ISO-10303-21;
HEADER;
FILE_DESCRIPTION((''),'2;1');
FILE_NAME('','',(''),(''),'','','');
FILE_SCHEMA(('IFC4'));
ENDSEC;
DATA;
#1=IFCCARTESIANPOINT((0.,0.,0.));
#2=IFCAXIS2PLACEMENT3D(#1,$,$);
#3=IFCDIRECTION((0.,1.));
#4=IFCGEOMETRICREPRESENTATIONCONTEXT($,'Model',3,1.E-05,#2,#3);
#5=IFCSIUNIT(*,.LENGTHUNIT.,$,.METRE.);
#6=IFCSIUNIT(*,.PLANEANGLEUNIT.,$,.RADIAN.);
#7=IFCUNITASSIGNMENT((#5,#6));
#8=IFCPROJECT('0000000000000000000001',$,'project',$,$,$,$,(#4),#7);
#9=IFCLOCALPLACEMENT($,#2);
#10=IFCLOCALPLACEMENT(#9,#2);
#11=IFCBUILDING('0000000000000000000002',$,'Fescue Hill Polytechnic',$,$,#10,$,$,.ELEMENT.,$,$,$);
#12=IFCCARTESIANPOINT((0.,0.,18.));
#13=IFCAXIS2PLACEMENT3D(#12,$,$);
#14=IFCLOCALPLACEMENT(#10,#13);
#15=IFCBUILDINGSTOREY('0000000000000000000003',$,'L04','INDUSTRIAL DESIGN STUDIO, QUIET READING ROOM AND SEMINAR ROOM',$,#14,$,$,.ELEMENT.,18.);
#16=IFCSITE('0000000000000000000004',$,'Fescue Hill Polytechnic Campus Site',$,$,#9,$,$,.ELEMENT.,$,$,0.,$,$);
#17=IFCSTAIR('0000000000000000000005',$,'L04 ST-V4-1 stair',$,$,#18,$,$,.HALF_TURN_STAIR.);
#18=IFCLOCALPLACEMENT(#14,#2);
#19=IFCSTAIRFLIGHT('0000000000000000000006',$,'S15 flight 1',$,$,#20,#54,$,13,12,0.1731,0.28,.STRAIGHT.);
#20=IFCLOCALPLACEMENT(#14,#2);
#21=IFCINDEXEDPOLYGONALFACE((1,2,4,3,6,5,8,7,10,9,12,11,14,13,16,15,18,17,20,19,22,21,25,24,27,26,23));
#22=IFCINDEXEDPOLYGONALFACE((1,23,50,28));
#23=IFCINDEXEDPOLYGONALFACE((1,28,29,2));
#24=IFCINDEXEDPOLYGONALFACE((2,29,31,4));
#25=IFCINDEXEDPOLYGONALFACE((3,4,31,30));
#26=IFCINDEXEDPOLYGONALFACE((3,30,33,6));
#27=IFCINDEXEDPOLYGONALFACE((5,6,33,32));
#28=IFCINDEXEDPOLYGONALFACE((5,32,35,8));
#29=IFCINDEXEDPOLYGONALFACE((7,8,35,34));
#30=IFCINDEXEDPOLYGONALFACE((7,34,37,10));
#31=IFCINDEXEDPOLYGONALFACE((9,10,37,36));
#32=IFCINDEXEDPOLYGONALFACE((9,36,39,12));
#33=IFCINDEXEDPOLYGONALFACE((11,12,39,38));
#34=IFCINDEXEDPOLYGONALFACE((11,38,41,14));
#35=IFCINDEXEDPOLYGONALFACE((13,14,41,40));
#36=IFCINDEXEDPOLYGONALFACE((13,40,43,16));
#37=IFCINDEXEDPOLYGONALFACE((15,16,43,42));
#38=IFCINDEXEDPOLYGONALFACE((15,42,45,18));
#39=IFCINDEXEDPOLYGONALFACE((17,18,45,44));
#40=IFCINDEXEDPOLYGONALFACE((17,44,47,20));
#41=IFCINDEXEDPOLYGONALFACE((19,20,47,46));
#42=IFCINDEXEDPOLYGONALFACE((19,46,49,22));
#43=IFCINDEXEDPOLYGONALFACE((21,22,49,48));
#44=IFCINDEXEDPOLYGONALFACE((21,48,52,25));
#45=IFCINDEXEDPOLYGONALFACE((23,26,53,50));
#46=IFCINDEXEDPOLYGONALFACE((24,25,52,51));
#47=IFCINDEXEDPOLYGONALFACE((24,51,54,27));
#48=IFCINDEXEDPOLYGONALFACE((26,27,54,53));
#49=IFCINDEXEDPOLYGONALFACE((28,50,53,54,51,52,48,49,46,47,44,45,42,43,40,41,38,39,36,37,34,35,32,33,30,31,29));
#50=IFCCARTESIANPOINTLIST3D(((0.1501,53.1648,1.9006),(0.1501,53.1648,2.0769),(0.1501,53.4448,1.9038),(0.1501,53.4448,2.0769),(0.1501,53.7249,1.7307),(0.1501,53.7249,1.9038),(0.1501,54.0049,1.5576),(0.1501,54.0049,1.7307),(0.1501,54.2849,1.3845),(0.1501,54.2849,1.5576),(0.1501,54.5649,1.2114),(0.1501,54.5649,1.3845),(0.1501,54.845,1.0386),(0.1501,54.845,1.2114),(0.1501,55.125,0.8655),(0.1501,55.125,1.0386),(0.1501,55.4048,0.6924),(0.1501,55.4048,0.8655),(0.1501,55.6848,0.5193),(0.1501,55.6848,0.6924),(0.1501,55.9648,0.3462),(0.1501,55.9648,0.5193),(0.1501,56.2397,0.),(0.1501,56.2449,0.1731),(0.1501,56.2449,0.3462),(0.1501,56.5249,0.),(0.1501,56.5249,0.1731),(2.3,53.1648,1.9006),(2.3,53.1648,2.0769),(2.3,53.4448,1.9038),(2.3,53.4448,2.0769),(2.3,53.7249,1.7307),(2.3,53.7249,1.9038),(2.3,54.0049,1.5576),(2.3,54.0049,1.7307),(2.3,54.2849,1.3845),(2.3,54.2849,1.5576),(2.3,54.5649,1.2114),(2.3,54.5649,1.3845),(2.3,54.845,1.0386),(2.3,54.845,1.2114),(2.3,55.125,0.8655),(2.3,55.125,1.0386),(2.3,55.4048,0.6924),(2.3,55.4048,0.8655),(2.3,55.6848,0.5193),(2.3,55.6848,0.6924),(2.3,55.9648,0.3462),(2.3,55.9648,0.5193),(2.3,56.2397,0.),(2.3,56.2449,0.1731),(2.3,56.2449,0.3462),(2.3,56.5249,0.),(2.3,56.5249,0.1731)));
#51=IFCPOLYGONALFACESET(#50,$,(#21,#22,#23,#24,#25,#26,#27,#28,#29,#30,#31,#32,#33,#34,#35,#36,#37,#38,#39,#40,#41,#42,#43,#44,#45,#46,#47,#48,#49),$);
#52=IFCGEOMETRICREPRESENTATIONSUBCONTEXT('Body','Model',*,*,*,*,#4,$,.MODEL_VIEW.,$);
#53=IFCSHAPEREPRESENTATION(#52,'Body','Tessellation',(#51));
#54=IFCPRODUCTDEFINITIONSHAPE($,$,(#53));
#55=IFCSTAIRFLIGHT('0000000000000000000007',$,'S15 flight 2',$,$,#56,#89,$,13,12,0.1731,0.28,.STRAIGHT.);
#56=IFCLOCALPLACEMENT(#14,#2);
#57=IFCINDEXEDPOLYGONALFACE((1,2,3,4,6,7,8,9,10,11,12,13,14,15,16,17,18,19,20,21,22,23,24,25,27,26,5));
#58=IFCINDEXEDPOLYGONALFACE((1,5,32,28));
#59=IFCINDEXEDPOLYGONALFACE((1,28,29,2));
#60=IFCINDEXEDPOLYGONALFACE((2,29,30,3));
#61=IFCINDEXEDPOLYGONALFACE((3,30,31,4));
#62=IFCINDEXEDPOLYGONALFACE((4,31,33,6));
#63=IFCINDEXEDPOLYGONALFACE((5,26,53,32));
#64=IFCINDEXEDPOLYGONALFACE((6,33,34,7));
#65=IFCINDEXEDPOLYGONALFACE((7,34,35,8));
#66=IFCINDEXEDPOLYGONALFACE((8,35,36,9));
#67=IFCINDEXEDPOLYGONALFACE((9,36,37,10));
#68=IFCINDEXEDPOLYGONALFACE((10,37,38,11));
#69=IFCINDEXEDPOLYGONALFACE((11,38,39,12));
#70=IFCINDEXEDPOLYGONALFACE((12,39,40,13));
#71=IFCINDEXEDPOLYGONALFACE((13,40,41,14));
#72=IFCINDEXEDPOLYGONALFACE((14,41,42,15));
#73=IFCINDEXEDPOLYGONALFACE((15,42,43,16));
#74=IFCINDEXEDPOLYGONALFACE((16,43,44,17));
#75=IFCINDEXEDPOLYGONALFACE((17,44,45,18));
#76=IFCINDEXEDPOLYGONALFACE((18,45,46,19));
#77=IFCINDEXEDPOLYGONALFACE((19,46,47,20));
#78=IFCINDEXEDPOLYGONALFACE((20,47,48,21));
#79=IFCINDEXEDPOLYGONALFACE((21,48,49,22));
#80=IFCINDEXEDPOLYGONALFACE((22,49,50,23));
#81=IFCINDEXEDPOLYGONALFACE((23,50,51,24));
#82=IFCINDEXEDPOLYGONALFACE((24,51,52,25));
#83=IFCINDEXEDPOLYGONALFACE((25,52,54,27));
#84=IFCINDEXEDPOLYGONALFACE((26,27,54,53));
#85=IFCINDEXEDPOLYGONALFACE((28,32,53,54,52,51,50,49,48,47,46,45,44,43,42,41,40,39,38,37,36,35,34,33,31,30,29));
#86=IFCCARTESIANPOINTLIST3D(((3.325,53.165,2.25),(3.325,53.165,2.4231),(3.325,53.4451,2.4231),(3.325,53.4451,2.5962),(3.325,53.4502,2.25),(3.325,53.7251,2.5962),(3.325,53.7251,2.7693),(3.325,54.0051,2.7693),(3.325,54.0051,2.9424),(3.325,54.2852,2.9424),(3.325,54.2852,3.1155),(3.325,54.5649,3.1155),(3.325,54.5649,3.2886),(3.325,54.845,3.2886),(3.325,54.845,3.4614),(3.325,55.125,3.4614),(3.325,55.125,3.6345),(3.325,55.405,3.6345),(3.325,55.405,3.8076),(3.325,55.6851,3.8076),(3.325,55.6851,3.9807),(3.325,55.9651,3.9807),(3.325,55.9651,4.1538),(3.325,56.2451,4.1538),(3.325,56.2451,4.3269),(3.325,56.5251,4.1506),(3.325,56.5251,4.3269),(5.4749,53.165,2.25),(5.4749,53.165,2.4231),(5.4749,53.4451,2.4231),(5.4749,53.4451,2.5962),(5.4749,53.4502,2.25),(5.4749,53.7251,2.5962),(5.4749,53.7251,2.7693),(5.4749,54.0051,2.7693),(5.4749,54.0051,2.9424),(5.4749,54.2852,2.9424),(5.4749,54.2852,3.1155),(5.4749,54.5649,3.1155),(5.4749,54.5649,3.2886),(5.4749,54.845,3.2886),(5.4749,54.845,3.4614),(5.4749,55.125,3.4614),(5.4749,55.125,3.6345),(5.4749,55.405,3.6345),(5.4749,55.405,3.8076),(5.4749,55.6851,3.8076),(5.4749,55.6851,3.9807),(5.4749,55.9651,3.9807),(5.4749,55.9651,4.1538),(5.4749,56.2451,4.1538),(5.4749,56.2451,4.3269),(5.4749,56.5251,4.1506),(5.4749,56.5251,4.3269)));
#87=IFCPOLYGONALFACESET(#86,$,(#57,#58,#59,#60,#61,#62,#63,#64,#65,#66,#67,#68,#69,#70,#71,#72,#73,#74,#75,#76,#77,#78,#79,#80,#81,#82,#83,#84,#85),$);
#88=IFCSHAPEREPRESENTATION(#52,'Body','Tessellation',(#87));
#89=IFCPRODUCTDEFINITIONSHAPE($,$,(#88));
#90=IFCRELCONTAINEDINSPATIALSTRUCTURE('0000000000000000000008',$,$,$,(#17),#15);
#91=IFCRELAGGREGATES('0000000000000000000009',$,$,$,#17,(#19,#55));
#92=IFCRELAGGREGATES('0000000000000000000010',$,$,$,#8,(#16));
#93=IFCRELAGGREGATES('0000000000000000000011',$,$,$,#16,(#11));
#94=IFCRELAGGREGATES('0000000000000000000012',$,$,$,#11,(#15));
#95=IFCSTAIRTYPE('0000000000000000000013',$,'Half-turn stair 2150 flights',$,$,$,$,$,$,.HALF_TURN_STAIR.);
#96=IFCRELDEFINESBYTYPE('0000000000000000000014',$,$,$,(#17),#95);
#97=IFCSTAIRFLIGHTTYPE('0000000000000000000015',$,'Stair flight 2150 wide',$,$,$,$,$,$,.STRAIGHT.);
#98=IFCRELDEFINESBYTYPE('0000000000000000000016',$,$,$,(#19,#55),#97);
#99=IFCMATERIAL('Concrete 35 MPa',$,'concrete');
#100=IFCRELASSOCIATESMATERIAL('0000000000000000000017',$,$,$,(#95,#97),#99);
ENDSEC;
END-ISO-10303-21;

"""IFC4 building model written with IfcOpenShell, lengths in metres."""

from ifc_helpers import new_model, si_unit, direction, frame, origin, place, context, subcontext, project, spatial, polyline, outline, extrude, material, type_object, element, aggregate, save


model = new_model("IFC4")

# Units and contexts
model_context = context("Model", 3, precision=1e-05, world=origin(), true_north=direction((0.0, 1.0)))
body_context = subcontext(model_context, "Body", "Model", "MODEL_VIEW")
ifc_project = project(units=[si_unit("LENGTHUNIT", "METRE"), si_unit("PLANEANGLEUNIT", "RADIAN")], contexts=[model_context])

# Site, building, storey
site_placement = place(None, origin())
site = spatial("IfcSite", under=ifc_project, at=site_placement, Name="Fescue Hill Polytechnic Campus Site", CompositionType="ELEMENT", RefElevation=0.0)
building_placement = place(site_placement, origin())
building = spatial("IfcBuilding", under=site, at=building_placement, Name="Fescue Hill Polytechnic", CompositionType="ELEMENT")
storey_placement = place(building_placement, frame((0.0, 0.0, 18.0)))
storey = spatial("IfcBuildingStorey", under=building, at=storey_placement, Name="L04", Description="INDUSTRIAL DESIGN STUDIO, QUIET READING ROOM AND SEMINAR ROOM", CompositionType="ELEMENT", Elevation=18.0)

# Shared definitions
ifc_material_1 = material(Name="Concrete 35 MPa", Category="concrete")

# Stair, stair flights
stair_type = type_object("IfcStairType", Name="Half-turn stair 2150 flights", PredefinedType="HALF_TURN_STAIR", material=ifc_material_1)
stair_placement = place(storey_placement, origin())
stair = element("IfcStair", 1, at=stair_placement, inside=storey, type_object=stair_type, Name="L04 ST-V4-1 stair", PredefinedType="HALF_TURN_STAIR")
stair_flight_type = type_object("IfcStairFlightType", Name="Stair flight 2150 wide", PredefinedType="STRAIGHT", material=ifc_material_1)
stair_flight_1_placement = place(storey_placement, frame((1.2251, 56.5249, 0.0), z_axis=(0.0, 0.0, 1.0), x_axis=(0.0, -1.0, 0.0)))
stair_flight_1 = element("IfcStairFlight", 2, at=stair_flight_1_placement, type_object=stair_flight_type, Name="S15 flight 1", NumberOfRisers=13, NumberOfTreads=12, PredefinedType="STRAIGHT", RiserHeight=0.1731, TreadLength=0.28, context=body_context, shape_type="SweptSolid", body=[
    extrude(outline(polyline([(0.0, 0.0), (0.0, 0.1731), (0.28, 0.1731), (0.28, 0.3462), (0.5601, 0.3462), (0.5601, 0.5193), (0.8401, 0.5193), (0.8401, 0.6924), (1.1201, 0.6924), (1.1201, 0.8655), (1.3999, 0.8655), (1.3999, 1.0386), (1.6799, 1.0386), (1.6799, 1.2114), (1.96, 1.2114), (1.96, 1.3845), (2.24, 1.3845), (2.24, 1.5576), (2.52, 1.5576), (2.52, 1.7307), (2.8, 1.7307), (2.8, 1.9038), (3.0801, 1.9038), (3.0801, 2.0769), (3.3601, 2.0769), (3.3601, 2.25), (3.3601, 1.9006), (0.2852, 0.0), (0.0, 0.0)])), frame((0.0, 1.075, 0.0), z_axis=(0.0, -1.0, 0.0), x_axis=(1.0, 0.0, 0.0)), (0.0, 0.0, 1.0), 2.1499),
])
stair_flight_2_placement = place(storey_placement, frame((4.3999, 53.165, 2.25), z_axis=(0.0, 0.0, 1.0), x_axis=(0.0, 1.0, 0.0)))
stair_flight_2 = element("IfcStairFlight", 3, at=stair_flight_2_placement, type_object=stair_flight_type, Name="S15 flight 2", NumberOfRisers=13, NumberOfTreads=12, PredefinedType="STRAIGHT", RiserHeight=0.1731, TreadLength=0.28, context=body_context, shape_type="SweptSolid", body=[
    extrude(outline(polyline([(0.0, 0.0), (0.0, 0.1731), (0.28, 0.1731), (0.28, 0.3462), (0.5601, 0.3462), (0.5601, 0.5193), (0.8401, 0.5193), (0.8401, 0.6924), (1.1201, 0.6924), (1.1201, 0.8655), (1.3999, 0.8655), (1.3999, 1.0386), (1.6799, 1.0386), (1.6799, 1.2114), (1.96, 1.2114), (1.96, 1.3845), (2.24, 1.3845), (2.24, 1.5576), (2.52, 1.5576), (2.52, 1.7307), (2.8, 1.7307), (2.8, 1.9038), (3.0801, 1.9038), (3.0801, 2.0769), (3.3601, 2.0769), (3.3601, 2.25), (3.3601, 1.9006), (0.2852, 0.0), (0.0, 0.0)])), frame((0.0, 1.075, 0.0), z_axis=(0.0, -1.0, 0.0), x_axis=(1.0, 0.0, 0.0)), (0.0, 0.0, 1.0), 2.1499),
])
aggregate(stair, [stair_flight_1, stair_flight_2])

save(model, "model.ifc")
